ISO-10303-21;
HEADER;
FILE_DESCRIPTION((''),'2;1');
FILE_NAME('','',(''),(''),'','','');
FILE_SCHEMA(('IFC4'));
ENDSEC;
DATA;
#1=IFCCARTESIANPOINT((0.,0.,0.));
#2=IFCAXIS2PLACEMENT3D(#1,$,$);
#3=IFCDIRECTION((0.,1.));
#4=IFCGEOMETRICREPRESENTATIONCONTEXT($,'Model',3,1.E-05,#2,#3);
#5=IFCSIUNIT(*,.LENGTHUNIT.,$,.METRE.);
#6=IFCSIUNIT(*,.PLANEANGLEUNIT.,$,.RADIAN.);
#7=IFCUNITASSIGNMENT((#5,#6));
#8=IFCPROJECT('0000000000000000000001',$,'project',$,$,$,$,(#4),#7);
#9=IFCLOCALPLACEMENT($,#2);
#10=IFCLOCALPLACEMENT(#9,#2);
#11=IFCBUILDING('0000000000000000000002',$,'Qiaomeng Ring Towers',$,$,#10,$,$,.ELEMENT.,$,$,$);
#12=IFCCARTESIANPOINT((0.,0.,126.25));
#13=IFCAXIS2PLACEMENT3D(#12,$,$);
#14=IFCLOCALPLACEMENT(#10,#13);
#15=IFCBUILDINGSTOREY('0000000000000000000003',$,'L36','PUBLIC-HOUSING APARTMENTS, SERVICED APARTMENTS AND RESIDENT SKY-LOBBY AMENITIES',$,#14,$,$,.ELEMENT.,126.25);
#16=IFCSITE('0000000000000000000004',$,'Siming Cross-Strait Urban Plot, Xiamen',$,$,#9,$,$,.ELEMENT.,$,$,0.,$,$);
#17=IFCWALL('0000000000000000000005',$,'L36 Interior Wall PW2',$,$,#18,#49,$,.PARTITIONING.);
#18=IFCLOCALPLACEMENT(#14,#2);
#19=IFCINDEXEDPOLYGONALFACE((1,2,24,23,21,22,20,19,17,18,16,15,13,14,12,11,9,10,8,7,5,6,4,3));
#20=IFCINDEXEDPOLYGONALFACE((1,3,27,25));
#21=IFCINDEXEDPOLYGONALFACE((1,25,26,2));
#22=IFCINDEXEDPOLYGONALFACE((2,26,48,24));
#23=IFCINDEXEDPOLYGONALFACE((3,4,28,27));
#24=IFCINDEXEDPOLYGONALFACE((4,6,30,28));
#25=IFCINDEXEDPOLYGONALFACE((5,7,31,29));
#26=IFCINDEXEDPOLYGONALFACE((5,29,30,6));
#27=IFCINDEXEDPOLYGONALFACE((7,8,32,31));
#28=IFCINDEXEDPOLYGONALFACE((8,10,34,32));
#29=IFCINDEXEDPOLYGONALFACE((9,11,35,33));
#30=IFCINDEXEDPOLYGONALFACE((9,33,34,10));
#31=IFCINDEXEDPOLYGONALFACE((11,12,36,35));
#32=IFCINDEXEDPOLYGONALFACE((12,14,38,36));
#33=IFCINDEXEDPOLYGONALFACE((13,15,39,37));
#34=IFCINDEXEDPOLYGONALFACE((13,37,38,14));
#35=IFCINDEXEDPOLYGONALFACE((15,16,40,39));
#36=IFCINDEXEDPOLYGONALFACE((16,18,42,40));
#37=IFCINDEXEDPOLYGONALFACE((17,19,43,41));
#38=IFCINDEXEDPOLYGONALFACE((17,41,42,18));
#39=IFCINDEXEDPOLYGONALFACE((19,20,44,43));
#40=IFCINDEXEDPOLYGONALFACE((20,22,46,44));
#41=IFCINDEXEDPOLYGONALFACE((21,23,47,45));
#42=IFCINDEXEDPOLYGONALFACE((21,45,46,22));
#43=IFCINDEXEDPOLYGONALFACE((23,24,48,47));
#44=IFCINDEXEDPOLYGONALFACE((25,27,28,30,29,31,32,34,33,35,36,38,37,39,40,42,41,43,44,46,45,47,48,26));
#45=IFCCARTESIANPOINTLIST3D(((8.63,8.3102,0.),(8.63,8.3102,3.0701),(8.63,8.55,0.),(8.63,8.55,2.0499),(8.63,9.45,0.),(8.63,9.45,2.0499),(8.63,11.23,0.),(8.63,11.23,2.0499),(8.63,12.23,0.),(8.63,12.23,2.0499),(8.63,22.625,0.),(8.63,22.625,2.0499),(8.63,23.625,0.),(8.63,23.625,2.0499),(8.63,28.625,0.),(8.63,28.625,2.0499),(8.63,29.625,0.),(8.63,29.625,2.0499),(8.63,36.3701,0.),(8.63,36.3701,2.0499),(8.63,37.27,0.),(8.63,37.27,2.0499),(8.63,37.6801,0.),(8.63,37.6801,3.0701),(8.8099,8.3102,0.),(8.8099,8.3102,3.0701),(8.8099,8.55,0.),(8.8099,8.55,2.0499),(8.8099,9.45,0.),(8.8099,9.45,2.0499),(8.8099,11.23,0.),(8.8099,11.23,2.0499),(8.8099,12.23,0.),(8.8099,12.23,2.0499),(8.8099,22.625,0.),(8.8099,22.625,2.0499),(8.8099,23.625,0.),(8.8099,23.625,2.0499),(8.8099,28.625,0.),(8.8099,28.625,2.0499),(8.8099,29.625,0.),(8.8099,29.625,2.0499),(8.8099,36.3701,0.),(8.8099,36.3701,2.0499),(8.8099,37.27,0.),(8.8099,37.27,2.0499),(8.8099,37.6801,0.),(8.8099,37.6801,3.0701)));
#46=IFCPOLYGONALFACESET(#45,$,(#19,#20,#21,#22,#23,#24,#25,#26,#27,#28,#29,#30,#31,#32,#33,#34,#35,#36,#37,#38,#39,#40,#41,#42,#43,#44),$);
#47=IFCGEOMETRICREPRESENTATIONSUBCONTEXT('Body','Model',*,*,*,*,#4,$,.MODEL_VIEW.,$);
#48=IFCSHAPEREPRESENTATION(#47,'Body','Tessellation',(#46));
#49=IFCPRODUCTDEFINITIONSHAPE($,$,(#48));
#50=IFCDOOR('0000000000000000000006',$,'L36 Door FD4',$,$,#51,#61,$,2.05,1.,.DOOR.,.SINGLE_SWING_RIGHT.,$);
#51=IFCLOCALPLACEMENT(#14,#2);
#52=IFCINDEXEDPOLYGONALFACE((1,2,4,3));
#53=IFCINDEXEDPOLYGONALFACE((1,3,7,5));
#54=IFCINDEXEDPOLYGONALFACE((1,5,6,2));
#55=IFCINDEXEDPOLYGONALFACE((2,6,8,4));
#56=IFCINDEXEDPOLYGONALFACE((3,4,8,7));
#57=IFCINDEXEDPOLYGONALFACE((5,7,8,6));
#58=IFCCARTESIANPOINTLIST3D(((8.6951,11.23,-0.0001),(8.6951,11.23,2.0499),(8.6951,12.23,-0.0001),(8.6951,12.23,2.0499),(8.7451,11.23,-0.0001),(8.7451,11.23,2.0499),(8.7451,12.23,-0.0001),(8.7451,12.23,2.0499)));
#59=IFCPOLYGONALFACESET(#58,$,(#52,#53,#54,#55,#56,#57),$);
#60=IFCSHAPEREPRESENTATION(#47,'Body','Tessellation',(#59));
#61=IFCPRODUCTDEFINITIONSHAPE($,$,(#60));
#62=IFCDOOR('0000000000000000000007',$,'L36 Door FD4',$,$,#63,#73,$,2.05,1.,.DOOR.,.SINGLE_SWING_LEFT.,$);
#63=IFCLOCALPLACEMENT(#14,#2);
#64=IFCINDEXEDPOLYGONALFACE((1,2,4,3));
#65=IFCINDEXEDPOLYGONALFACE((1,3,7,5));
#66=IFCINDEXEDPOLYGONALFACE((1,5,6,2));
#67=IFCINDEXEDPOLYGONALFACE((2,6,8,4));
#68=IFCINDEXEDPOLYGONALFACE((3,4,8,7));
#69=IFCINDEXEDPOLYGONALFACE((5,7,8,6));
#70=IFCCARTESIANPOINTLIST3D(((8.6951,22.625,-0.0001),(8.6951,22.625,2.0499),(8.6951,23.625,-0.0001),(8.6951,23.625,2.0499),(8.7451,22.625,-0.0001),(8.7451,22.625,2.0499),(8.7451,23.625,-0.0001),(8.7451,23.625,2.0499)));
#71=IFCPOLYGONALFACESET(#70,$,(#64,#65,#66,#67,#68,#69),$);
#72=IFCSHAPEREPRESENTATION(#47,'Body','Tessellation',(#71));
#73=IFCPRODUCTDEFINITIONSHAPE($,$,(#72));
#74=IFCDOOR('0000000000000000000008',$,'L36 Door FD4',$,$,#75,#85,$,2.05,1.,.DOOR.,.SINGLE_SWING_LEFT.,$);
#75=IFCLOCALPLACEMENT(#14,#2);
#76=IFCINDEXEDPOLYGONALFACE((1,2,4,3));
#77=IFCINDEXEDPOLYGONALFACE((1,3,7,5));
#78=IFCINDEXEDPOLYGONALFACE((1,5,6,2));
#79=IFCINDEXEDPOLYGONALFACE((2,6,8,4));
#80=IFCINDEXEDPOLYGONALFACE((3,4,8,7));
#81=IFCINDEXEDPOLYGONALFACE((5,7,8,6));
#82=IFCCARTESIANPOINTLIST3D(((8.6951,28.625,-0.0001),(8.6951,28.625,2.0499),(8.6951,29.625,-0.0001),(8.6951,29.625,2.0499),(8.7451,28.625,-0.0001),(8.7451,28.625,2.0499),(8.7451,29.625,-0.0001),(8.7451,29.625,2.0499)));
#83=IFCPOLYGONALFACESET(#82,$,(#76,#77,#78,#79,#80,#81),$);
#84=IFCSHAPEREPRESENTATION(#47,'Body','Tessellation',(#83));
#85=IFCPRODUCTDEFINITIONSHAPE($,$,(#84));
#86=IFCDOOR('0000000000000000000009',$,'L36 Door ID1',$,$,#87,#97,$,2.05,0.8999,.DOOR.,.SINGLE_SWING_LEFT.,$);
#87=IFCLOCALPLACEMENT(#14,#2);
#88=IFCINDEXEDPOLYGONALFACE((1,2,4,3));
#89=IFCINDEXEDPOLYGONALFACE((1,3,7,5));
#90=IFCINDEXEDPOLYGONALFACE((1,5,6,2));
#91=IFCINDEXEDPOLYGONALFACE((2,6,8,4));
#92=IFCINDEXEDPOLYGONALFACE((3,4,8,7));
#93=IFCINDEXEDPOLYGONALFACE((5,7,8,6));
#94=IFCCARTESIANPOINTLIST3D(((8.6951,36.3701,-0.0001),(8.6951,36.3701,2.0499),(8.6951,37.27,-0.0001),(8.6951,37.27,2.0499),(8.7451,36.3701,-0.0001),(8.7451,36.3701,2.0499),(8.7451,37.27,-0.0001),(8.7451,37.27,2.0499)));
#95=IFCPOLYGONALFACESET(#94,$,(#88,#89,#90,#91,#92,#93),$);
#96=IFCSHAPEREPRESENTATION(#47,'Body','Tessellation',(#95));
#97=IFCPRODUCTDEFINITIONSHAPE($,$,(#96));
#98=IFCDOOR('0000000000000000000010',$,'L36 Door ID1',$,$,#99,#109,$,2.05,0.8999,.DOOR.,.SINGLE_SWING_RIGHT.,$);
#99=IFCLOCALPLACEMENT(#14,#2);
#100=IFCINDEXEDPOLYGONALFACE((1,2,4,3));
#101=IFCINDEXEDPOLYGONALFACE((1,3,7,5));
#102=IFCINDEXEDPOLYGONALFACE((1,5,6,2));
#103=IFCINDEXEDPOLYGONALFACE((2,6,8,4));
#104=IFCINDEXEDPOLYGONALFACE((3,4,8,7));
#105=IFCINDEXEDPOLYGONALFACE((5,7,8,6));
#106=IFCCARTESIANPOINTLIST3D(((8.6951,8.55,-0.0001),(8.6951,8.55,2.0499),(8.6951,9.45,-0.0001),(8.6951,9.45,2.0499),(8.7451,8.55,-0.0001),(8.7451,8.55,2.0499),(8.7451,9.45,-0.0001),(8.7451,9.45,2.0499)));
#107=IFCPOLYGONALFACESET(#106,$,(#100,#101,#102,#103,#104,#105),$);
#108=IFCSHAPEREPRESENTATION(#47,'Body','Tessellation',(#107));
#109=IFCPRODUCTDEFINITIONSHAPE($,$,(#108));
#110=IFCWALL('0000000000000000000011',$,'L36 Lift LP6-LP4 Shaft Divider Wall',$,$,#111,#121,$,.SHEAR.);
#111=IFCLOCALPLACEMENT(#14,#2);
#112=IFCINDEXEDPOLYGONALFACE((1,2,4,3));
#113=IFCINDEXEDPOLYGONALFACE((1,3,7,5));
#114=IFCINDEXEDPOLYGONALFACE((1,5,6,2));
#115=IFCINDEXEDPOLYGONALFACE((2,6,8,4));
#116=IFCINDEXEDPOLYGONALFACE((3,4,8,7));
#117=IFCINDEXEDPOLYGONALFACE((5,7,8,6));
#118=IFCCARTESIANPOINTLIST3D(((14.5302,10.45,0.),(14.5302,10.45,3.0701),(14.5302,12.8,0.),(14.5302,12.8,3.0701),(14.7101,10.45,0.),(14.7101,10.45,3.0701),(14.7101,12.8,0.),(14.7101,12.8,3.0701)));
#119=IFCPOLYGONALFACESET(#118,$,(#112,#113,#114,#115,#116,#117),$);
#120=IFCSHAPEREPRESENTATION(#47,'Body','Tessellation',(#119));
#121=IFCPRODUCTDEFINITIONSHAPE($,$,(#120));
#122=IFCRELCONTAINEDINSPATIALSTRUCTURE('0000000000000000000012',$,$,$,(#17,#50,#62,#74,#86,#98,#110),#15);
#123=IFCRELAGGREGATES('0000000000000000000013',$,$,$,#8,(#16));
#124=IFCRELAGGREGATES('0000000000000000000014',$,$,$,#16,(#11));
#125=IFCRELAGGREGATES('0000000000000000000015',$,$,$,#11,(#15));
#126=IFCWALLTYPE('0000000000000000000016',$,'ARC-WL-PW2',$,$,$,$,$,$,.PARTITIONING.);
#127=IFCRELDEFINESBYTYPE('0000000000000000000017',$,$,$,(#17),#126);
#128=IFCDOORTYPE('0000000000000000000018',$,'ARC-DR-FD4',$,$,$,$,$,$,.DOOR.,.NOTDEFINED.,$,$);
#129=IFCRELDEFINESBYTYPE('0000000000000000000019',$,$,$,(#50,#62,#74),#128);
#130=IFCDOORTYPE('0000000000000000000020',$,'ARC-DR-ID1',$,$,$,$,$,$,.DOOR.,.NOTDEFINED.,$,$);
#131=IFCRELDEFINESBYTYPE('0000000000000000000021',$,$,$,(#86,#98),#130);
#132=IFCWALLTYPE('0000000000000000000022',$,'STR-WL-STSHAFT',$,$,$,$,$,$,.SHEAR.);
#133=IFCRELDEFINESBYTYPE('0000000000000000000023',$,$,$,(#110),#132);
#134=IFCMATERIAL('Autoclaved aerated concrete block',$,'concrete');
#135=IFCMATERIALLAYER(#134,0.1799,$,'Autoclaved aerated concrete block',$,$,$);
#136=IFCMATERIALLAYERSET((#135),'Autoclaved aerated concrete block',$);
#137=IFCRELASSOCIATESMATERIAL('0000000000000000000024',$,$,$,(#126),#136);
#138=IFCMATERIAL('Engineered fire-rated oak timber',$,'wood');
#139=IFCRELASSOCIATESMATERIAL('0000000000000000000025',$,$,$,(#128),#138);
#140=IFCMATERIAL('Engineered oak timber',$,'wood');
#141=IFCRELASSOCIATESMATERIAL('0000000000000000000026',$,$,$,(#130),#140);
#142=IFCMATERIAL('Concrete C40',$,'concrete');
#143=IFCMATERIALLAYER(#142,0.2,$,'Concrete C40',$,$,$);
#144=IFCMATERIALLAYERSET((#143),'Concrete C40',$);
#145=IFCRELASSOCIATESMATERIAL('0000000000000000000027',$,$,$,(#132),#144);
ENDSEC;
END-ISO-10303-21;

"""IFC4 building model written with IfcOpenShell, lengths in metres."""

from ifc_helpers import new_model, si_unit, direction, frame, frame_2d, origin, place, context, subcontext, project, spatial, rectangle, extrude, source, transform, mapped, material, layer, layer_set, type_object, element, fill, save


model = new_model("IFC4")

# Units and contexts
model_context = context("Model", 3, precision=1e-05, world=origin(), true_north=direction((0.0, 1.0)))
body_context = subcontext(model_context, "Body", "Model", "MODEL_VIEW")
ifc_project = project(units=[si_unit("LENGTHUNIT", "METRE"), si_unit("PLANEANGLEUNIT", "RADIAN")], contexts=[model_context])

# Site, building, storey
site_placement = place(None, origin())
site = spatial("IfcSite", under=ifc_project, at=site_placement, Name="Siming Cross-Strait Urban Plot, Xiamen", CompositionType="ELEMENT", RefElevation=0.0)
building_placement = place(site_placement, origin())
building = spatial("IfcBuilding", under=site, at=building_placement, Name="Qiaomeng Ring Towers", CompositionType="ELEMENT")
storey_placement = place(building_placement, frame((0.0, 0.0, 126.25)))
storey = spatial("IfcBuildingStorey", under=building, at=storey_placement, Name="L36", Description="PUBLIC-HOUSING APARTMENTS, SERVICED APARTMENTS AND RESIDENT SKY-LOBBY AMENITIES", CompositionType="ELEMENT", Elevation=126.25)

# Shared definitions
ifc_material_1 = material(Name="Autoclaved aerated concrete block", Category="concrete")

# Wall, openings, doors
ifc_layer_1 = layer(ifc_material_1, 0.1799, Name="Autoclaved aerated concrete block")
ifc_layer_set_1 = layer_set([ifc_layer_1], Name="Autoclaved aerated concrete block")
wall_type_1 = type_object("IfcWallType", Name="ARC-WL-PW2", PredefinedType="PARTITIONING", material=ifc_layer_set_1)
ifc_material_2 = material(Name="Engineered fire-rated oak timber", Category="wood")
door_type_1 = type_object("IfcDoorType", Name="ARC-DR-FD4", OperationType="NOTDEFINED", PredefinedType="DOOR", material=ifc_material_2)
shared_shape_1 = source(origin(), body_context, "Body", "SweptSolid", [
    extrude(rectangle(XDim=1.0, YDim=2.05, at=frame_2d((0.5, 1.0249))), frame((0.0, 0.0249, 0.0), z_axis=(0.0, -1.0, 0.0), x_axis=(1.0, 0.0, 0.0)), (0.0, 0.0, 1.0), 0.05),
])
wall_1_placement = place(storey_placement, frame((8.72, 8.3101, 0.0), z_axis=(0.0, 0.0, 1.0), x_axis=(0.0, 1.0, 0.0)))
wall_1 = element("IfcWall", 1, at=wall_1_placement, inside=storey, type_object=wall_type_1, Name="L36 Interior Wall PW2", PredefinedType="PARTITIONING", context=body_context, shape_type="SweptSolid", body=[
    extrude(rectangle(XDim=29.3699, YDim=0.1799, at=frame_2d((14.6851, 0.0))), origin(), (0.0, 0.0, 1.0), 3.0701),
])
opening_1_placement = place(wall_1_placement, frame((28.0601, 0.0, 0.0)))
opening_1 = element("IfcOpeningElement", 2, at=opening_1_placement, cuts=wall_1, PredefinedType="OPENING", context=body_context, shape_type="SweptSolid", body=[
    extrude(rectangle(XDim=0.8999, YDim=2.05, at=frame_2d((0.45, 1.0249))), frame((0.0, 0.0999, 0.0), z_axis=(0.0, -1.0, 0.0), x_axis=(1.0, 0.0, 0.0)), (0.0, 0.0, 1.0), 0.2),
])
opening_2_placement = place(wall_1_placement, frame((0.24, 0.0, 0.0)))
opening_2 = element("IfcOpeningElement", 3, at=opening_2_placement, cuts=wall_1, PredefinedType="OPENING", context=body_context, shape_type="SweptSolid", body=[
    extrude(rectangle(XDim=0.8999, YDim=2.05, at=frame_2d((0.45, 1.0249))), frame((0.0, 0.0999, 0.0), z_axis=(0.0, -1.0, 0.0), x_axis=(1.0, 0.0, 0.0)), (0.0, 0.0, 1.0), 0.2),
])
opening_3_placement = place(wall_1_placement, frame((2.9199, 0.0, 0.0)))
opening_3 = element("IfcOpeningElement", 4, at=opening_3_placement, cuts=wall_1, PredefinedType="OPENING", context=body_context, shape_type="SweptSolid", body=[
    extrude(rectangle(XDim=1.0, YDim=2.05, at=frame_2d((0.5, 1.0249))), frame((0.0, 0.0999, 0.0), z_axis=(0.0, -1.0, 0.0), x_axis=(1.0, 0.0, 0.0)), (0.0, 0.0, 1.0), 0.2),
])
opening_4_placement = place(wall_1_placement, frame((14.3149, 0.0, 0.0)))
opening_4 = element("IfcOpeningElement", 5, at=opening_4_placement, cuts=wall_1, PredefinedType="OPENING", context=body_context, shape_type="SweptSolid", body=[
    extrude(rectangle(XDim=1.0, YDim=2.05, at=frame_2d((0.5, 1.0249))), frame((0.0, 0.0999, 0.0), z_axis=(0.0, -1.0, 0.0), x_axis=(1.0, 0.0, 0.0)), (0.0, 0.0, 1.0), 0.2),
])
opening_5_placement = place(wall_1_placement, frame((20.3149, 0.0, 0.0)))
opening_5 = element("IfcOpeningElement", 6, at=opening_5_placement, cuts=wall_1, PredefinedType="OPENING", context=body_context, shape_type="SweptSolid", body=[
    extrude(rectangle(XDim=1.0, YDim=2.05, at=frame_2d((0.5, 1.0249))), frame((0.0, 0.0999, 0.0), z_axis=(0.0, -1.0, 0.0), x_axis=(1.0, 0.0, 0.0)), (0.0, 0.0, 1.0), 0.2),
])
door_1_placement = place(opening_3_placement, origin())
door_1 = element("IfcDoor", 7, at=door_1_placement, inside=storey, type_object=door_type_1, Name="L36 Door FD4", OperationType="SINGLE_SWING_RIGHT", OverallHeight=2.05, OverallWidth=1.0, PredefinedType="DOOR", context=body_context, shape_type="MappedRepresentation", body=[
    mapped(shared_shape_1, transform((0.0, 0.0, 0.0), x_axis=(1.0, 0.0, 0.0), y_axis=(0.0, 1.0, 0.0), z_axis=(0.0, 0.0, 1.0), scale=1.0)),
])
fill(opening_3, door_1)
door_2_placement = place(opening_4_placement, origin())
door_2 = element("IfcDoor", 8, at=door_2_placement, inside=storey, type_object=door_type_1, Name="L36 Door FD4", OperationType="SINGLE_SWING_LEFT", OverallHeight=2.05, OverallWidth=1.0, PredefinedType="DOOR", context=body_context, shape_type="MappedRepresentation", body=[
    mapped(shared_shape_1, transform((0.0, 0.0, 0.0), x_axis=(1.0, 0.0, 0.0), y_axis=(0.0, 1.0, 0.0), z_axis=(0.0, 0.0, 1.0), scale=1.0)),
])
fill(opening_4, door_2)
door_3_placement = place(opening_5_placement, origin())
door_3 = element("IfcDoor", 9, at=door_3_placement, inside=storey, type_object=door_type_1, Name="L36 Door FD4", OperationType="SINGLE_SWING_LEFT", OverallHeight=2.05, OverallWidth=1.0, PredefinedType="DOOR", context=body_context, shape_type="MappedRepresentation", body=[
    mapped(shared_shape_1, transform((0.0, 0.0, 0.0), x_axis=(1.0, 0.0, 0.0), y_axis=(0.0, 1.0, 0.0), z_axis=(0.0, 0.0, 1.0), scale=1.0)),
])
fill(opening_5, door_3)
ifc_material_3 = material(Name="Engineered oak timber", Category="wood")
door_type_2 = type_object("IfcDoorType", Name="ARC-DR-ID1", OperationType="NOTDEFINED", PredefinedType="DOOR", material=ifc_material_3)
shared_shape_2 = source(origin(), body_context, "Body", "SweptSolid", [
    extrude(rectangle(XDim=0.8999, YDim=2.05, at=frame_2d((0.45, 1.0249))), frame((0.0, 0.0249, 0.0), z_axis=(0.0, -1.0, 0.0), x_axis=(1.0, 0.0, 0.0)), (0.0, 0.0, 1.0), 0.05),
])
door_4_placement = place(opening_1_placement, origin())
door_4 = element("IfcDoor", 10, at=door_4_placement, inside=storey, type_object=door_type_2, Name="L36 Door ID1", OperationType="SINGLE_SWING_LEFT", OverallHeight=2.05, OverallWidth=0.8999, PredefinedType="DOOR", context=body_context, shape_type="MappedRepresentation", body=[
    mapped(shared_shape_2, transform((0.0, 0.0, 0.0), x_axis=(1.0, 0.0, 0.0), y_axis=(0.0, 1.0, 0.0), z_axis=(0.0, 0.0, 1.0), scale=1.0)),
])
fill(opening_1, door_4)
door_5_placement = place(opening_2_placement, origin())
door_5 = element("IfcDoor", 11, at=door_5_placement, inside=storey, type_object=door_type_2, Name="L36 Door ID1", OperationType="SINGLE_SWING_RIGHT", OverallHeight=2.05, OverallWidth=0.8999, PredefinedType="DOOR", context=body_context, shape_type="MappedRepresentation", body=[
    mapped(shared_shape_2, transform((0.0, 0.0, 0.0), x_axis=(1.0, 0.0, 0.0), y_axis=(0.0, 1.0, 0.0), z_axis=(0.0, 0.0, 1.0), scale=1.0)),
])
fill(opening_2, door_5)

# Wall
ifc_material_4 = material(Name="Concrete C40", Category="concrete")
ifc_layer_2 = layer(ifc_material_4, 0.2, Name="Concrete C40")
ifc_layer_set_2 = layer_set([ifc_layer_2], Name="Concrete C40")
wall_type_2 = type_object("IfcWallType", Name="STR-WL-STSHAFT", PredefinedType="SHEAR", material=ifc_layer_set_2)
wall_2_placement = place(storey_placement, frame((14.6201, 10.45, 0.0), z_axis=(0.0, 0.0, 1.0), x_axis=(0.0, 1.0, 0.0)))
element("IfcWall", 12, at=wall_2_placement, inside=storey, type_object=wall_type_2, Name="L36 Lift LP6-LP4 Shaft Divider Wall", PredefinedType="SHEAR", context=body_context, shape_type="SweptSolid", body=[
    extrude(rectangle(XDim=2.3501, YDim=0.1799, at=frame_2d((1.175, 0.0))), origin(), (0.0, 0.0, 1.0), 3.0701),
])

save(model, "model.ifc")
